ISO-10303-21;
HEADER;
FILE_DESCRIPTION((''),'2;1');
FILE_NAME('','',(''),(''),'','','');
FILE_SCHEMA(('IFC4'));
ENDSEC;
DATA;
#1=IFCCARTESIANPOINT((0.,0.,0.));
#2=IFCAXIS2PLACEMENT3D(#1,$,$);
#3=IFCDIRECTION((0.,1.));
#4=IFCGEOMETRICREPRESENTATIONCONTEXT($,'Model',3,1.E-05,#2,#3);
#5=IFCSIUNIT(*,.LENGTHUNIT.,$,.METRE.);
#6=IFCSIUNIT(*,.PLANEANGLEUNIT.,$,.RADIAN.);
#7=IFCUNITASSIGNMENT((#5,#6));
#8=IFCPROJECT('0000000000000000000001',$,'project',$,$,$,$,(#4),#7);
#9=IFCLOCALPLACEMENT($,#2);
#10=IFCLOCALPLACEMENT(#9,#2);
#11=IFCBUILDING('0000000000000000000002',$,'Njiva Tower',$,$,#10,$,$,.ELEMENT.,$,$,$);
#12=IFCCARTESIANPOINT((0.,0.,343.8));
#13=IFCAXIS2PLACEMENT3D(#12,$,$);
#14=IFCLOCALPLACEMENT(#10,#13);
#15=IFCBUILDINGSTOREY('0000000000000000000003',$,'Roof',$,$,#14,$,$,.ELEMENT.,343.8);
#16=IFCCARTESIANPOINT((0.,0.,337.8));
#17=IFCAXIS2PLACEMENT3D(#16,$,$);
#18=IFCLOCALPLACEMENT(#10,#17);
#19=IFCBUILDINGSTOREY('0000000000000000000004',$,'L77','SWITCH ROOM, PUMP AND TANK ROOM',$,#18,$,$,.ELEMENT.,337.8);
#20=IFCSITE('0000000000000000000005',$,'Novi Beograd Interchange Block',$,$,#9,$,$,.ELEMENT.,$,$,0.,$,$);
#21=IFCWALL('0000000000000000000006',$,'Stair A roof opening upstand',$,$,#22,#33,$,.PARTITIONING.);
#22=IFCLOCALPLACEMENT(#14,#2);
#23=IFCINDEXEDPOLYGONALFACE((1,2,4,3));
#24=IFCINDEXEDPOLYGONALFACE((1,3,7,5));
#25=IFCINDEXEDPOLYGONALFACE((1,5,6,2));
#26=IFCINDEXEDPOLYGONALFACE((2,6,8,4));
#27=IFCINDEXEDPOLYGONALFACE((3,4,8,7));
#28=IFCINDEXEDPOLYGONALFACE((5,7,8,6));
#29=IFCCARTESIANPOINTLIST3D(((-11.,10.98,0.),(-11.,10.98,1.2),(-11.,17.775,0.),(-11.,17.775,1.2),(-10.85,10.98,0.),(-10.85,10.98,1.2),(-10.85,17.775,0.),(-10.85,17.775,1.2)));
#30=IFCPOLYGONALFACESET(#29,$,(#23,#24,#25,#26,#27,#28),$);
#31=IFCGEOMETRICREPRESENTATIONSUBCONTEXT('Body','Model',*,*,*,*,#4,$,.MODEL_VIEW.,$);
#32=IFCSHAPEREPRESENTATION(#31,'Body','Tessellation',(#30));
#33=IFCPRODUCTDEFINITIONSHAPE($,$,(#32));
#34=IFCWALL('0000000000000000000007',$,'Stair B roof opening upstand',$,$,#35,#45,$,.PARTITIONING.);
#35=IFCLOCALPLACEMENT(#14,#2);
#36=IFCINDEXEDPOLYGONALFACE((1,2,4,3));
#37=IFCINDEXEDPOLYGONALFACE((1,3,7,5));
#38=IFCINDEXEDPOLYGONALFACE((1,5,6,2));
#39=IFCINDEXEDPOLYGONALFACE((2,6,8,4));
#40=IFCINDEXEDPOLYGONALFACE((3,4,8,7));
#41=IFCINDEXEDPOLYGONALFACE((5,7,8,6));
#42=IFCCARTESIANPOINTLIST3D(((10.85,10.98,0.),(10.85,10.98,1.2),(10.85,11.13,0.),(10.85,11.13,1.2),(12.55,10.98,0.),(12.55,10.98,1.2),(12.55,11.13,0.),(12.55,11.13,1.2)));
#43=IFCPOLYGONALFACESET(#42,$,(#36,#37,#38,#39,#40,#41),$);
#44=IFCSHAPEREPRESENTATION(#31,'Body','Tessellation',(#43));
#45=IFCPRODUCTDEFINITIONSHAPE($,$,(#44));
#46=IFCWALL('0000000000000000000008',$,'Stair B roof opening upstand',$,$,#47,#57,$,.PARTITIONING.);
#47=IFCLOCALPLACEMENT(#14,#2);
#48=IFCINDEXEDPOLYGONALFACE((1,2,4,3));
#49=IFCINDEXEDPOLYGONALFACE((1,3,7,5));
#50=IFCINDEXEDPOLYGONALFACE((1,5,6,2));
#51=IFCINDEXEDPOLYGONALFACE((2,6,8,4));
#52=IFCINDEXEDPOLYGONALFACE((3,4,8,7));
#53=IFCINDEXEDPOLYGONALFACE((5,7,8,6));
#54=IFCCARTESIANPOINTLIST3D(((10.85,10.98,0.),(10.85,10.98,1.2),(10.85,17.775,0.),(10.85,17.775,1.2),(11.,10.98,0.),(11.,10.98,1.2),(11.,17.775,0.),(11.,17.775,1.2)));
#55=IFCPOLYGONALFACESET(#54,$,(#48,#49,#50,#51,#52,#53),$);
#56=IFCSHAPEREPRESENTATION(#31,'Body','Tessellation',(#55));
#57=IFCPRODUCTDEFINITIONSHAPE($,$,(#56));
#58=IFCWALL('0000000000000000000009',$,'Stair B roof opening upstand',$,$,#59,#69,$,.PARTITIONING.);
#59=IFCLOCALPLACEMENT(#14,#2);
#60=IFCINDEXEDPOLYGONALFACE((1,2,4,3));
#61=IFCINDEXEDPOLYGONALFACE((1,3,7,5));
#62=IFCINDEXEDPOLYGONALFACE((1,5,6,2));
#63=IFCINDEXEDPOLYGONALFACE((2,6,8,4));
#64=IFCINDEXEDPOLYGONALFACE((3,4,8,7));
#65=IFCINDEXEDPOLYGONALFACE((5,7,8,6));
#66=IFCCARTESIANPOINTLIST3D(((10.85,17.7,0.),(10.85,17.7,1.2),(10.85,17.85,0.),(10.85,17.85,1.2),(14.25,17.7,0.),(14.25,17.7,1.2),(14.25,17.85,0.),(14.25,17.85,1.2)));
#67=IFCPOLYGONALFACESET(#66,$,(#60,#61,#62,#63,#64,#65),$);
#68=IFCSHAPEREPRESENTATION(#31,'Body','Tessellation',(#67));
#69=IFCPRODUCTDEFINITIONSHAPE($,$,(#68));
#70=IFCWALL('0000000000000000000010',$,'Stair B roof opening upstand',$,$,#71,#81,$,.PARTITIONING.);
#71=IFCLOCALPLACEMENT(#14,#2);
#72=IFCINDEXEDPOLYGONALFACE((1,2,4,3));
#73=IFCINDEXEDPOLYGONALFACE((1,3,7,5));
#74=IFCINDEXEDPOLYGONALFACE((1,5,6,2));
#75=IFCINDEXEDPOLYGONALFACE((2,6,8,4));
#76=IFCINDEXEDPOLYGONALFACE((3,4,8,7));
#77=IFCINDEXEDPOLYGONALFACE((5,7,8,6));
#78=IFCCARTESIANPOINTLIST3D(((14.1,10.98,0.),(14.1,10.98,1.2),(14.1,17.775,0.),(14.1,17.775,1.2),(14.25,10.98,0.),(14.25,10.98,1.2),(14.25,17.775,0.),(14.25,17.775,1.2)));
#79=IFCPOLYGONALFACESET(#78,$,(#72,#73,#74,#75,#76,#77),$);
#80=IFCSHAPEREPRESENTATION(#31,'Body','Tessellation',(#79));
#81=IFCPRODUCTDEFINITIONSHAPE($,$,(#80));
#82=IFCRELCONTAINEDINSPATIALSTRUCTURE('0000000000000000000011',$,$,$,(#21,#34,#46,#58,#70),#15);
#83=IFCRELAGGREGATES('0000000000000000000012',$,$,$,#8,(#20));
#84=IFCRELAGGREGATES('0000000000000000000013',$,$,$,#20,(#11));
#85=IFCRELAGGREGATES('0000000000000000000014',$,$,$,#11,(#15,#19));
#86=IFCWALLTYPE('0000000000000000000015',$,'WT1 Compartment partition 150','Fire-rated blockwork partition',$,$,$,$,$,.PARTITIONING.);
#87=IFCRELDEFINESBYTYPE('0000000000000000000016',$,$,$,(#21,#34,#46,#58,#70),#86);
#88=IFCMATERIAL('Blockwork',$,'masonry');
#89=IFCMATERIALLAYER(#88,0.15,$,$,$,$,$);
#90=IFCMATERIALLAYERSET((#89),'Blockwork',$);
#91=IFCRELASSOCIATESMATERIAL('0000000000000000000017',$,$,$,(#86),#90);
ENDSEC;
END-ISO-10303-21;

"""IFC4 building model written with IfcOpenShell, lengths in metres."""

from ifc_helpers import new_model, si_unit, direction, frame, frame_2d, origin, place, context, subcontext, project, spatial, rectangle, extrude, material, layer, layer_set, type_object, element, save


model = new_model("IFC4")

# Units and contexts
model_context = context("Model", 3, precision=1e-05, world=origin(), true_north=direction((0.0, 1.0)))
body_context = subcontext(model_context, "Body", "Model", "MODEL_VIEW")
ifc_project = project(units=[si_unit("LENGTHUNIT", "METRE"), si_unit("PLANEANGLEUNIT", "RADIAN")], contexts=[model_context])

# Site, building, storey
site_placement = place(None, origin())
site = spatial("IfcSite", under=ifc_project, at=site_placement, Name="Novi Beograd Interchange Block", CompositionType="ELEMENT", RefElevation=0.0)
building_placement = place(site_placement, origin())
building = spatial("IfcBuilding", under=site, at=building_placement, Name="Njiva Tower", CompositionType="ELEMENT")
storey_1_placement = place(building_placement, frame((0.0, 0.0, 343.8)))
storey_1 = spatial("IfcBuildingStorey", under=building, at=storey_1_placement, Name="Roof", CompositionType="ELEMENT", Elevation=343.8)

# Shared definitions
storey_2_placement = place(building_placement, frame((0.0, 0.0, 337.8)))
storey_2 = spatial("IfcBuildingStorey", under=building, at=storey_2_placement, Name="L77", Description="SWITCH ROOM, PUMP AND TANK ROOM", CompositionType="ELEMENT", Elevation=337.8)

# Walls
ifc_material_1 = material(Name="Blockwork", Category="masonry")
ifc_layer_1 = layer(ifc_material_1, 0.15)
ifc_layer_set_1 = layer_set([ifc_layer_1], Name="Blockwork")
wall_type = type_object("IfcWallType", Name="WT1 Compartment partition 150", Description="Fire-rated blockwork partition", PredefinedType="PARTITIONING", material=ifc_layer_set_1)
wall_1_placement = place(storey_1_placement, frame((-10.925, 17.775, 0.0), z_axis=(0.0, 0.0, 1.0), x_axis=(0.0, -1.0, 0.0)))
element("IfcWall", 1, at=wall_1_placement, inside=storey_1, type_object=wall_type, Name="Stair A roof opening upstand", PredefinedType="PARTITIONING", context=body_context, shape_type="SweptSolid", body=[
    extrude(rectangle(XDim=6.795, YDim=0.15, at=frame_2d((3.3975, 0.0))), origin(), (0.0, 0.0, 1.0), 1.2),
])
wall_2_placement = place(storey_1_placement, frame((10.85, 11.055, 0.0), z_axis=(0.0, 0.0, 1.0), x_axis=(1.0, 0.0, 0.0)))
element("IfcWall", 2, at=wall_2_placement, inside=storey_1, type_object=wall_type, Name="Stair B roof opening upstand", PredefinedType="PARTITIONING", context=body_context, shape_type="SweptSolid", body=[
    extrude(rectangle(XDim=1.7, YDim=0.15, at=frame_2d((0.85, 0.0))), origin(), (0.0, 0.0, 1.0), 1.2),
])
wall_3_placement = place(storey_1_placement, frame((10.925, 10.98, 0.0), z_axis=(0.0, 0.0, 1.0), x_axis=(0.0, 1.0, 0.0)))
element("IfcWall", 3, at=wall_3_placement, inside=storey_1, type_object=wall_type, Name="Stair B roof opening upstand", PredefinedType="PARTITIONING", context=body_context, shape_type="SweptSolid", body=[
    extrude(rectangle(XDim=6.795, YDim=0.15, at=frame_2d((3.3975, 0.0))), origin(), (0.0, 0.0, 1.0), 1.2),
])
wall_4_placement = place(storey_1_placement, frame((10.85, 17.775, 0.0), z_axis=(0.0, 0.0, 1.0), x_axis=(1.0, 0.0, 0.0)))
element("IfcWall", 4, at=wall_4_placement, inside=storey_1, type_object=wall_type, Name="Stair B roof opening upstand", PredefinedType="PARTITIONING", context=body_context, shape_type="SweptSolid", body=[
    extrude(rectangle(XDim=3.4, YDim=0.15, at=frame_2d((1.7, 0.0))), origin(), (0.0, 0.0, 1.0), 1.2),
])
wall_5_placement = place(storey_1_placement, frame((14.175, 17.775, 0.0), z_axis=(0.0, 0.0, 1.0), x_axis=(0.0, -1.0, 0.0)))
element("IfcWall", 5, at=wall_5_placement, inside=storey_1, type_object=wall_type, Name="Stair B roof opening upstand", PredefinedType="PARTITIONING", context=body_context, shape_type="SweptSolid", body=[
    extrude(rectangle(XDim=6.795, YDim=0.15, at=frame_2d((3.3975, 0.0))), origin(), (0.0, 0.0, 1.0), 1.2),
])

save(model, "model.ifc")
